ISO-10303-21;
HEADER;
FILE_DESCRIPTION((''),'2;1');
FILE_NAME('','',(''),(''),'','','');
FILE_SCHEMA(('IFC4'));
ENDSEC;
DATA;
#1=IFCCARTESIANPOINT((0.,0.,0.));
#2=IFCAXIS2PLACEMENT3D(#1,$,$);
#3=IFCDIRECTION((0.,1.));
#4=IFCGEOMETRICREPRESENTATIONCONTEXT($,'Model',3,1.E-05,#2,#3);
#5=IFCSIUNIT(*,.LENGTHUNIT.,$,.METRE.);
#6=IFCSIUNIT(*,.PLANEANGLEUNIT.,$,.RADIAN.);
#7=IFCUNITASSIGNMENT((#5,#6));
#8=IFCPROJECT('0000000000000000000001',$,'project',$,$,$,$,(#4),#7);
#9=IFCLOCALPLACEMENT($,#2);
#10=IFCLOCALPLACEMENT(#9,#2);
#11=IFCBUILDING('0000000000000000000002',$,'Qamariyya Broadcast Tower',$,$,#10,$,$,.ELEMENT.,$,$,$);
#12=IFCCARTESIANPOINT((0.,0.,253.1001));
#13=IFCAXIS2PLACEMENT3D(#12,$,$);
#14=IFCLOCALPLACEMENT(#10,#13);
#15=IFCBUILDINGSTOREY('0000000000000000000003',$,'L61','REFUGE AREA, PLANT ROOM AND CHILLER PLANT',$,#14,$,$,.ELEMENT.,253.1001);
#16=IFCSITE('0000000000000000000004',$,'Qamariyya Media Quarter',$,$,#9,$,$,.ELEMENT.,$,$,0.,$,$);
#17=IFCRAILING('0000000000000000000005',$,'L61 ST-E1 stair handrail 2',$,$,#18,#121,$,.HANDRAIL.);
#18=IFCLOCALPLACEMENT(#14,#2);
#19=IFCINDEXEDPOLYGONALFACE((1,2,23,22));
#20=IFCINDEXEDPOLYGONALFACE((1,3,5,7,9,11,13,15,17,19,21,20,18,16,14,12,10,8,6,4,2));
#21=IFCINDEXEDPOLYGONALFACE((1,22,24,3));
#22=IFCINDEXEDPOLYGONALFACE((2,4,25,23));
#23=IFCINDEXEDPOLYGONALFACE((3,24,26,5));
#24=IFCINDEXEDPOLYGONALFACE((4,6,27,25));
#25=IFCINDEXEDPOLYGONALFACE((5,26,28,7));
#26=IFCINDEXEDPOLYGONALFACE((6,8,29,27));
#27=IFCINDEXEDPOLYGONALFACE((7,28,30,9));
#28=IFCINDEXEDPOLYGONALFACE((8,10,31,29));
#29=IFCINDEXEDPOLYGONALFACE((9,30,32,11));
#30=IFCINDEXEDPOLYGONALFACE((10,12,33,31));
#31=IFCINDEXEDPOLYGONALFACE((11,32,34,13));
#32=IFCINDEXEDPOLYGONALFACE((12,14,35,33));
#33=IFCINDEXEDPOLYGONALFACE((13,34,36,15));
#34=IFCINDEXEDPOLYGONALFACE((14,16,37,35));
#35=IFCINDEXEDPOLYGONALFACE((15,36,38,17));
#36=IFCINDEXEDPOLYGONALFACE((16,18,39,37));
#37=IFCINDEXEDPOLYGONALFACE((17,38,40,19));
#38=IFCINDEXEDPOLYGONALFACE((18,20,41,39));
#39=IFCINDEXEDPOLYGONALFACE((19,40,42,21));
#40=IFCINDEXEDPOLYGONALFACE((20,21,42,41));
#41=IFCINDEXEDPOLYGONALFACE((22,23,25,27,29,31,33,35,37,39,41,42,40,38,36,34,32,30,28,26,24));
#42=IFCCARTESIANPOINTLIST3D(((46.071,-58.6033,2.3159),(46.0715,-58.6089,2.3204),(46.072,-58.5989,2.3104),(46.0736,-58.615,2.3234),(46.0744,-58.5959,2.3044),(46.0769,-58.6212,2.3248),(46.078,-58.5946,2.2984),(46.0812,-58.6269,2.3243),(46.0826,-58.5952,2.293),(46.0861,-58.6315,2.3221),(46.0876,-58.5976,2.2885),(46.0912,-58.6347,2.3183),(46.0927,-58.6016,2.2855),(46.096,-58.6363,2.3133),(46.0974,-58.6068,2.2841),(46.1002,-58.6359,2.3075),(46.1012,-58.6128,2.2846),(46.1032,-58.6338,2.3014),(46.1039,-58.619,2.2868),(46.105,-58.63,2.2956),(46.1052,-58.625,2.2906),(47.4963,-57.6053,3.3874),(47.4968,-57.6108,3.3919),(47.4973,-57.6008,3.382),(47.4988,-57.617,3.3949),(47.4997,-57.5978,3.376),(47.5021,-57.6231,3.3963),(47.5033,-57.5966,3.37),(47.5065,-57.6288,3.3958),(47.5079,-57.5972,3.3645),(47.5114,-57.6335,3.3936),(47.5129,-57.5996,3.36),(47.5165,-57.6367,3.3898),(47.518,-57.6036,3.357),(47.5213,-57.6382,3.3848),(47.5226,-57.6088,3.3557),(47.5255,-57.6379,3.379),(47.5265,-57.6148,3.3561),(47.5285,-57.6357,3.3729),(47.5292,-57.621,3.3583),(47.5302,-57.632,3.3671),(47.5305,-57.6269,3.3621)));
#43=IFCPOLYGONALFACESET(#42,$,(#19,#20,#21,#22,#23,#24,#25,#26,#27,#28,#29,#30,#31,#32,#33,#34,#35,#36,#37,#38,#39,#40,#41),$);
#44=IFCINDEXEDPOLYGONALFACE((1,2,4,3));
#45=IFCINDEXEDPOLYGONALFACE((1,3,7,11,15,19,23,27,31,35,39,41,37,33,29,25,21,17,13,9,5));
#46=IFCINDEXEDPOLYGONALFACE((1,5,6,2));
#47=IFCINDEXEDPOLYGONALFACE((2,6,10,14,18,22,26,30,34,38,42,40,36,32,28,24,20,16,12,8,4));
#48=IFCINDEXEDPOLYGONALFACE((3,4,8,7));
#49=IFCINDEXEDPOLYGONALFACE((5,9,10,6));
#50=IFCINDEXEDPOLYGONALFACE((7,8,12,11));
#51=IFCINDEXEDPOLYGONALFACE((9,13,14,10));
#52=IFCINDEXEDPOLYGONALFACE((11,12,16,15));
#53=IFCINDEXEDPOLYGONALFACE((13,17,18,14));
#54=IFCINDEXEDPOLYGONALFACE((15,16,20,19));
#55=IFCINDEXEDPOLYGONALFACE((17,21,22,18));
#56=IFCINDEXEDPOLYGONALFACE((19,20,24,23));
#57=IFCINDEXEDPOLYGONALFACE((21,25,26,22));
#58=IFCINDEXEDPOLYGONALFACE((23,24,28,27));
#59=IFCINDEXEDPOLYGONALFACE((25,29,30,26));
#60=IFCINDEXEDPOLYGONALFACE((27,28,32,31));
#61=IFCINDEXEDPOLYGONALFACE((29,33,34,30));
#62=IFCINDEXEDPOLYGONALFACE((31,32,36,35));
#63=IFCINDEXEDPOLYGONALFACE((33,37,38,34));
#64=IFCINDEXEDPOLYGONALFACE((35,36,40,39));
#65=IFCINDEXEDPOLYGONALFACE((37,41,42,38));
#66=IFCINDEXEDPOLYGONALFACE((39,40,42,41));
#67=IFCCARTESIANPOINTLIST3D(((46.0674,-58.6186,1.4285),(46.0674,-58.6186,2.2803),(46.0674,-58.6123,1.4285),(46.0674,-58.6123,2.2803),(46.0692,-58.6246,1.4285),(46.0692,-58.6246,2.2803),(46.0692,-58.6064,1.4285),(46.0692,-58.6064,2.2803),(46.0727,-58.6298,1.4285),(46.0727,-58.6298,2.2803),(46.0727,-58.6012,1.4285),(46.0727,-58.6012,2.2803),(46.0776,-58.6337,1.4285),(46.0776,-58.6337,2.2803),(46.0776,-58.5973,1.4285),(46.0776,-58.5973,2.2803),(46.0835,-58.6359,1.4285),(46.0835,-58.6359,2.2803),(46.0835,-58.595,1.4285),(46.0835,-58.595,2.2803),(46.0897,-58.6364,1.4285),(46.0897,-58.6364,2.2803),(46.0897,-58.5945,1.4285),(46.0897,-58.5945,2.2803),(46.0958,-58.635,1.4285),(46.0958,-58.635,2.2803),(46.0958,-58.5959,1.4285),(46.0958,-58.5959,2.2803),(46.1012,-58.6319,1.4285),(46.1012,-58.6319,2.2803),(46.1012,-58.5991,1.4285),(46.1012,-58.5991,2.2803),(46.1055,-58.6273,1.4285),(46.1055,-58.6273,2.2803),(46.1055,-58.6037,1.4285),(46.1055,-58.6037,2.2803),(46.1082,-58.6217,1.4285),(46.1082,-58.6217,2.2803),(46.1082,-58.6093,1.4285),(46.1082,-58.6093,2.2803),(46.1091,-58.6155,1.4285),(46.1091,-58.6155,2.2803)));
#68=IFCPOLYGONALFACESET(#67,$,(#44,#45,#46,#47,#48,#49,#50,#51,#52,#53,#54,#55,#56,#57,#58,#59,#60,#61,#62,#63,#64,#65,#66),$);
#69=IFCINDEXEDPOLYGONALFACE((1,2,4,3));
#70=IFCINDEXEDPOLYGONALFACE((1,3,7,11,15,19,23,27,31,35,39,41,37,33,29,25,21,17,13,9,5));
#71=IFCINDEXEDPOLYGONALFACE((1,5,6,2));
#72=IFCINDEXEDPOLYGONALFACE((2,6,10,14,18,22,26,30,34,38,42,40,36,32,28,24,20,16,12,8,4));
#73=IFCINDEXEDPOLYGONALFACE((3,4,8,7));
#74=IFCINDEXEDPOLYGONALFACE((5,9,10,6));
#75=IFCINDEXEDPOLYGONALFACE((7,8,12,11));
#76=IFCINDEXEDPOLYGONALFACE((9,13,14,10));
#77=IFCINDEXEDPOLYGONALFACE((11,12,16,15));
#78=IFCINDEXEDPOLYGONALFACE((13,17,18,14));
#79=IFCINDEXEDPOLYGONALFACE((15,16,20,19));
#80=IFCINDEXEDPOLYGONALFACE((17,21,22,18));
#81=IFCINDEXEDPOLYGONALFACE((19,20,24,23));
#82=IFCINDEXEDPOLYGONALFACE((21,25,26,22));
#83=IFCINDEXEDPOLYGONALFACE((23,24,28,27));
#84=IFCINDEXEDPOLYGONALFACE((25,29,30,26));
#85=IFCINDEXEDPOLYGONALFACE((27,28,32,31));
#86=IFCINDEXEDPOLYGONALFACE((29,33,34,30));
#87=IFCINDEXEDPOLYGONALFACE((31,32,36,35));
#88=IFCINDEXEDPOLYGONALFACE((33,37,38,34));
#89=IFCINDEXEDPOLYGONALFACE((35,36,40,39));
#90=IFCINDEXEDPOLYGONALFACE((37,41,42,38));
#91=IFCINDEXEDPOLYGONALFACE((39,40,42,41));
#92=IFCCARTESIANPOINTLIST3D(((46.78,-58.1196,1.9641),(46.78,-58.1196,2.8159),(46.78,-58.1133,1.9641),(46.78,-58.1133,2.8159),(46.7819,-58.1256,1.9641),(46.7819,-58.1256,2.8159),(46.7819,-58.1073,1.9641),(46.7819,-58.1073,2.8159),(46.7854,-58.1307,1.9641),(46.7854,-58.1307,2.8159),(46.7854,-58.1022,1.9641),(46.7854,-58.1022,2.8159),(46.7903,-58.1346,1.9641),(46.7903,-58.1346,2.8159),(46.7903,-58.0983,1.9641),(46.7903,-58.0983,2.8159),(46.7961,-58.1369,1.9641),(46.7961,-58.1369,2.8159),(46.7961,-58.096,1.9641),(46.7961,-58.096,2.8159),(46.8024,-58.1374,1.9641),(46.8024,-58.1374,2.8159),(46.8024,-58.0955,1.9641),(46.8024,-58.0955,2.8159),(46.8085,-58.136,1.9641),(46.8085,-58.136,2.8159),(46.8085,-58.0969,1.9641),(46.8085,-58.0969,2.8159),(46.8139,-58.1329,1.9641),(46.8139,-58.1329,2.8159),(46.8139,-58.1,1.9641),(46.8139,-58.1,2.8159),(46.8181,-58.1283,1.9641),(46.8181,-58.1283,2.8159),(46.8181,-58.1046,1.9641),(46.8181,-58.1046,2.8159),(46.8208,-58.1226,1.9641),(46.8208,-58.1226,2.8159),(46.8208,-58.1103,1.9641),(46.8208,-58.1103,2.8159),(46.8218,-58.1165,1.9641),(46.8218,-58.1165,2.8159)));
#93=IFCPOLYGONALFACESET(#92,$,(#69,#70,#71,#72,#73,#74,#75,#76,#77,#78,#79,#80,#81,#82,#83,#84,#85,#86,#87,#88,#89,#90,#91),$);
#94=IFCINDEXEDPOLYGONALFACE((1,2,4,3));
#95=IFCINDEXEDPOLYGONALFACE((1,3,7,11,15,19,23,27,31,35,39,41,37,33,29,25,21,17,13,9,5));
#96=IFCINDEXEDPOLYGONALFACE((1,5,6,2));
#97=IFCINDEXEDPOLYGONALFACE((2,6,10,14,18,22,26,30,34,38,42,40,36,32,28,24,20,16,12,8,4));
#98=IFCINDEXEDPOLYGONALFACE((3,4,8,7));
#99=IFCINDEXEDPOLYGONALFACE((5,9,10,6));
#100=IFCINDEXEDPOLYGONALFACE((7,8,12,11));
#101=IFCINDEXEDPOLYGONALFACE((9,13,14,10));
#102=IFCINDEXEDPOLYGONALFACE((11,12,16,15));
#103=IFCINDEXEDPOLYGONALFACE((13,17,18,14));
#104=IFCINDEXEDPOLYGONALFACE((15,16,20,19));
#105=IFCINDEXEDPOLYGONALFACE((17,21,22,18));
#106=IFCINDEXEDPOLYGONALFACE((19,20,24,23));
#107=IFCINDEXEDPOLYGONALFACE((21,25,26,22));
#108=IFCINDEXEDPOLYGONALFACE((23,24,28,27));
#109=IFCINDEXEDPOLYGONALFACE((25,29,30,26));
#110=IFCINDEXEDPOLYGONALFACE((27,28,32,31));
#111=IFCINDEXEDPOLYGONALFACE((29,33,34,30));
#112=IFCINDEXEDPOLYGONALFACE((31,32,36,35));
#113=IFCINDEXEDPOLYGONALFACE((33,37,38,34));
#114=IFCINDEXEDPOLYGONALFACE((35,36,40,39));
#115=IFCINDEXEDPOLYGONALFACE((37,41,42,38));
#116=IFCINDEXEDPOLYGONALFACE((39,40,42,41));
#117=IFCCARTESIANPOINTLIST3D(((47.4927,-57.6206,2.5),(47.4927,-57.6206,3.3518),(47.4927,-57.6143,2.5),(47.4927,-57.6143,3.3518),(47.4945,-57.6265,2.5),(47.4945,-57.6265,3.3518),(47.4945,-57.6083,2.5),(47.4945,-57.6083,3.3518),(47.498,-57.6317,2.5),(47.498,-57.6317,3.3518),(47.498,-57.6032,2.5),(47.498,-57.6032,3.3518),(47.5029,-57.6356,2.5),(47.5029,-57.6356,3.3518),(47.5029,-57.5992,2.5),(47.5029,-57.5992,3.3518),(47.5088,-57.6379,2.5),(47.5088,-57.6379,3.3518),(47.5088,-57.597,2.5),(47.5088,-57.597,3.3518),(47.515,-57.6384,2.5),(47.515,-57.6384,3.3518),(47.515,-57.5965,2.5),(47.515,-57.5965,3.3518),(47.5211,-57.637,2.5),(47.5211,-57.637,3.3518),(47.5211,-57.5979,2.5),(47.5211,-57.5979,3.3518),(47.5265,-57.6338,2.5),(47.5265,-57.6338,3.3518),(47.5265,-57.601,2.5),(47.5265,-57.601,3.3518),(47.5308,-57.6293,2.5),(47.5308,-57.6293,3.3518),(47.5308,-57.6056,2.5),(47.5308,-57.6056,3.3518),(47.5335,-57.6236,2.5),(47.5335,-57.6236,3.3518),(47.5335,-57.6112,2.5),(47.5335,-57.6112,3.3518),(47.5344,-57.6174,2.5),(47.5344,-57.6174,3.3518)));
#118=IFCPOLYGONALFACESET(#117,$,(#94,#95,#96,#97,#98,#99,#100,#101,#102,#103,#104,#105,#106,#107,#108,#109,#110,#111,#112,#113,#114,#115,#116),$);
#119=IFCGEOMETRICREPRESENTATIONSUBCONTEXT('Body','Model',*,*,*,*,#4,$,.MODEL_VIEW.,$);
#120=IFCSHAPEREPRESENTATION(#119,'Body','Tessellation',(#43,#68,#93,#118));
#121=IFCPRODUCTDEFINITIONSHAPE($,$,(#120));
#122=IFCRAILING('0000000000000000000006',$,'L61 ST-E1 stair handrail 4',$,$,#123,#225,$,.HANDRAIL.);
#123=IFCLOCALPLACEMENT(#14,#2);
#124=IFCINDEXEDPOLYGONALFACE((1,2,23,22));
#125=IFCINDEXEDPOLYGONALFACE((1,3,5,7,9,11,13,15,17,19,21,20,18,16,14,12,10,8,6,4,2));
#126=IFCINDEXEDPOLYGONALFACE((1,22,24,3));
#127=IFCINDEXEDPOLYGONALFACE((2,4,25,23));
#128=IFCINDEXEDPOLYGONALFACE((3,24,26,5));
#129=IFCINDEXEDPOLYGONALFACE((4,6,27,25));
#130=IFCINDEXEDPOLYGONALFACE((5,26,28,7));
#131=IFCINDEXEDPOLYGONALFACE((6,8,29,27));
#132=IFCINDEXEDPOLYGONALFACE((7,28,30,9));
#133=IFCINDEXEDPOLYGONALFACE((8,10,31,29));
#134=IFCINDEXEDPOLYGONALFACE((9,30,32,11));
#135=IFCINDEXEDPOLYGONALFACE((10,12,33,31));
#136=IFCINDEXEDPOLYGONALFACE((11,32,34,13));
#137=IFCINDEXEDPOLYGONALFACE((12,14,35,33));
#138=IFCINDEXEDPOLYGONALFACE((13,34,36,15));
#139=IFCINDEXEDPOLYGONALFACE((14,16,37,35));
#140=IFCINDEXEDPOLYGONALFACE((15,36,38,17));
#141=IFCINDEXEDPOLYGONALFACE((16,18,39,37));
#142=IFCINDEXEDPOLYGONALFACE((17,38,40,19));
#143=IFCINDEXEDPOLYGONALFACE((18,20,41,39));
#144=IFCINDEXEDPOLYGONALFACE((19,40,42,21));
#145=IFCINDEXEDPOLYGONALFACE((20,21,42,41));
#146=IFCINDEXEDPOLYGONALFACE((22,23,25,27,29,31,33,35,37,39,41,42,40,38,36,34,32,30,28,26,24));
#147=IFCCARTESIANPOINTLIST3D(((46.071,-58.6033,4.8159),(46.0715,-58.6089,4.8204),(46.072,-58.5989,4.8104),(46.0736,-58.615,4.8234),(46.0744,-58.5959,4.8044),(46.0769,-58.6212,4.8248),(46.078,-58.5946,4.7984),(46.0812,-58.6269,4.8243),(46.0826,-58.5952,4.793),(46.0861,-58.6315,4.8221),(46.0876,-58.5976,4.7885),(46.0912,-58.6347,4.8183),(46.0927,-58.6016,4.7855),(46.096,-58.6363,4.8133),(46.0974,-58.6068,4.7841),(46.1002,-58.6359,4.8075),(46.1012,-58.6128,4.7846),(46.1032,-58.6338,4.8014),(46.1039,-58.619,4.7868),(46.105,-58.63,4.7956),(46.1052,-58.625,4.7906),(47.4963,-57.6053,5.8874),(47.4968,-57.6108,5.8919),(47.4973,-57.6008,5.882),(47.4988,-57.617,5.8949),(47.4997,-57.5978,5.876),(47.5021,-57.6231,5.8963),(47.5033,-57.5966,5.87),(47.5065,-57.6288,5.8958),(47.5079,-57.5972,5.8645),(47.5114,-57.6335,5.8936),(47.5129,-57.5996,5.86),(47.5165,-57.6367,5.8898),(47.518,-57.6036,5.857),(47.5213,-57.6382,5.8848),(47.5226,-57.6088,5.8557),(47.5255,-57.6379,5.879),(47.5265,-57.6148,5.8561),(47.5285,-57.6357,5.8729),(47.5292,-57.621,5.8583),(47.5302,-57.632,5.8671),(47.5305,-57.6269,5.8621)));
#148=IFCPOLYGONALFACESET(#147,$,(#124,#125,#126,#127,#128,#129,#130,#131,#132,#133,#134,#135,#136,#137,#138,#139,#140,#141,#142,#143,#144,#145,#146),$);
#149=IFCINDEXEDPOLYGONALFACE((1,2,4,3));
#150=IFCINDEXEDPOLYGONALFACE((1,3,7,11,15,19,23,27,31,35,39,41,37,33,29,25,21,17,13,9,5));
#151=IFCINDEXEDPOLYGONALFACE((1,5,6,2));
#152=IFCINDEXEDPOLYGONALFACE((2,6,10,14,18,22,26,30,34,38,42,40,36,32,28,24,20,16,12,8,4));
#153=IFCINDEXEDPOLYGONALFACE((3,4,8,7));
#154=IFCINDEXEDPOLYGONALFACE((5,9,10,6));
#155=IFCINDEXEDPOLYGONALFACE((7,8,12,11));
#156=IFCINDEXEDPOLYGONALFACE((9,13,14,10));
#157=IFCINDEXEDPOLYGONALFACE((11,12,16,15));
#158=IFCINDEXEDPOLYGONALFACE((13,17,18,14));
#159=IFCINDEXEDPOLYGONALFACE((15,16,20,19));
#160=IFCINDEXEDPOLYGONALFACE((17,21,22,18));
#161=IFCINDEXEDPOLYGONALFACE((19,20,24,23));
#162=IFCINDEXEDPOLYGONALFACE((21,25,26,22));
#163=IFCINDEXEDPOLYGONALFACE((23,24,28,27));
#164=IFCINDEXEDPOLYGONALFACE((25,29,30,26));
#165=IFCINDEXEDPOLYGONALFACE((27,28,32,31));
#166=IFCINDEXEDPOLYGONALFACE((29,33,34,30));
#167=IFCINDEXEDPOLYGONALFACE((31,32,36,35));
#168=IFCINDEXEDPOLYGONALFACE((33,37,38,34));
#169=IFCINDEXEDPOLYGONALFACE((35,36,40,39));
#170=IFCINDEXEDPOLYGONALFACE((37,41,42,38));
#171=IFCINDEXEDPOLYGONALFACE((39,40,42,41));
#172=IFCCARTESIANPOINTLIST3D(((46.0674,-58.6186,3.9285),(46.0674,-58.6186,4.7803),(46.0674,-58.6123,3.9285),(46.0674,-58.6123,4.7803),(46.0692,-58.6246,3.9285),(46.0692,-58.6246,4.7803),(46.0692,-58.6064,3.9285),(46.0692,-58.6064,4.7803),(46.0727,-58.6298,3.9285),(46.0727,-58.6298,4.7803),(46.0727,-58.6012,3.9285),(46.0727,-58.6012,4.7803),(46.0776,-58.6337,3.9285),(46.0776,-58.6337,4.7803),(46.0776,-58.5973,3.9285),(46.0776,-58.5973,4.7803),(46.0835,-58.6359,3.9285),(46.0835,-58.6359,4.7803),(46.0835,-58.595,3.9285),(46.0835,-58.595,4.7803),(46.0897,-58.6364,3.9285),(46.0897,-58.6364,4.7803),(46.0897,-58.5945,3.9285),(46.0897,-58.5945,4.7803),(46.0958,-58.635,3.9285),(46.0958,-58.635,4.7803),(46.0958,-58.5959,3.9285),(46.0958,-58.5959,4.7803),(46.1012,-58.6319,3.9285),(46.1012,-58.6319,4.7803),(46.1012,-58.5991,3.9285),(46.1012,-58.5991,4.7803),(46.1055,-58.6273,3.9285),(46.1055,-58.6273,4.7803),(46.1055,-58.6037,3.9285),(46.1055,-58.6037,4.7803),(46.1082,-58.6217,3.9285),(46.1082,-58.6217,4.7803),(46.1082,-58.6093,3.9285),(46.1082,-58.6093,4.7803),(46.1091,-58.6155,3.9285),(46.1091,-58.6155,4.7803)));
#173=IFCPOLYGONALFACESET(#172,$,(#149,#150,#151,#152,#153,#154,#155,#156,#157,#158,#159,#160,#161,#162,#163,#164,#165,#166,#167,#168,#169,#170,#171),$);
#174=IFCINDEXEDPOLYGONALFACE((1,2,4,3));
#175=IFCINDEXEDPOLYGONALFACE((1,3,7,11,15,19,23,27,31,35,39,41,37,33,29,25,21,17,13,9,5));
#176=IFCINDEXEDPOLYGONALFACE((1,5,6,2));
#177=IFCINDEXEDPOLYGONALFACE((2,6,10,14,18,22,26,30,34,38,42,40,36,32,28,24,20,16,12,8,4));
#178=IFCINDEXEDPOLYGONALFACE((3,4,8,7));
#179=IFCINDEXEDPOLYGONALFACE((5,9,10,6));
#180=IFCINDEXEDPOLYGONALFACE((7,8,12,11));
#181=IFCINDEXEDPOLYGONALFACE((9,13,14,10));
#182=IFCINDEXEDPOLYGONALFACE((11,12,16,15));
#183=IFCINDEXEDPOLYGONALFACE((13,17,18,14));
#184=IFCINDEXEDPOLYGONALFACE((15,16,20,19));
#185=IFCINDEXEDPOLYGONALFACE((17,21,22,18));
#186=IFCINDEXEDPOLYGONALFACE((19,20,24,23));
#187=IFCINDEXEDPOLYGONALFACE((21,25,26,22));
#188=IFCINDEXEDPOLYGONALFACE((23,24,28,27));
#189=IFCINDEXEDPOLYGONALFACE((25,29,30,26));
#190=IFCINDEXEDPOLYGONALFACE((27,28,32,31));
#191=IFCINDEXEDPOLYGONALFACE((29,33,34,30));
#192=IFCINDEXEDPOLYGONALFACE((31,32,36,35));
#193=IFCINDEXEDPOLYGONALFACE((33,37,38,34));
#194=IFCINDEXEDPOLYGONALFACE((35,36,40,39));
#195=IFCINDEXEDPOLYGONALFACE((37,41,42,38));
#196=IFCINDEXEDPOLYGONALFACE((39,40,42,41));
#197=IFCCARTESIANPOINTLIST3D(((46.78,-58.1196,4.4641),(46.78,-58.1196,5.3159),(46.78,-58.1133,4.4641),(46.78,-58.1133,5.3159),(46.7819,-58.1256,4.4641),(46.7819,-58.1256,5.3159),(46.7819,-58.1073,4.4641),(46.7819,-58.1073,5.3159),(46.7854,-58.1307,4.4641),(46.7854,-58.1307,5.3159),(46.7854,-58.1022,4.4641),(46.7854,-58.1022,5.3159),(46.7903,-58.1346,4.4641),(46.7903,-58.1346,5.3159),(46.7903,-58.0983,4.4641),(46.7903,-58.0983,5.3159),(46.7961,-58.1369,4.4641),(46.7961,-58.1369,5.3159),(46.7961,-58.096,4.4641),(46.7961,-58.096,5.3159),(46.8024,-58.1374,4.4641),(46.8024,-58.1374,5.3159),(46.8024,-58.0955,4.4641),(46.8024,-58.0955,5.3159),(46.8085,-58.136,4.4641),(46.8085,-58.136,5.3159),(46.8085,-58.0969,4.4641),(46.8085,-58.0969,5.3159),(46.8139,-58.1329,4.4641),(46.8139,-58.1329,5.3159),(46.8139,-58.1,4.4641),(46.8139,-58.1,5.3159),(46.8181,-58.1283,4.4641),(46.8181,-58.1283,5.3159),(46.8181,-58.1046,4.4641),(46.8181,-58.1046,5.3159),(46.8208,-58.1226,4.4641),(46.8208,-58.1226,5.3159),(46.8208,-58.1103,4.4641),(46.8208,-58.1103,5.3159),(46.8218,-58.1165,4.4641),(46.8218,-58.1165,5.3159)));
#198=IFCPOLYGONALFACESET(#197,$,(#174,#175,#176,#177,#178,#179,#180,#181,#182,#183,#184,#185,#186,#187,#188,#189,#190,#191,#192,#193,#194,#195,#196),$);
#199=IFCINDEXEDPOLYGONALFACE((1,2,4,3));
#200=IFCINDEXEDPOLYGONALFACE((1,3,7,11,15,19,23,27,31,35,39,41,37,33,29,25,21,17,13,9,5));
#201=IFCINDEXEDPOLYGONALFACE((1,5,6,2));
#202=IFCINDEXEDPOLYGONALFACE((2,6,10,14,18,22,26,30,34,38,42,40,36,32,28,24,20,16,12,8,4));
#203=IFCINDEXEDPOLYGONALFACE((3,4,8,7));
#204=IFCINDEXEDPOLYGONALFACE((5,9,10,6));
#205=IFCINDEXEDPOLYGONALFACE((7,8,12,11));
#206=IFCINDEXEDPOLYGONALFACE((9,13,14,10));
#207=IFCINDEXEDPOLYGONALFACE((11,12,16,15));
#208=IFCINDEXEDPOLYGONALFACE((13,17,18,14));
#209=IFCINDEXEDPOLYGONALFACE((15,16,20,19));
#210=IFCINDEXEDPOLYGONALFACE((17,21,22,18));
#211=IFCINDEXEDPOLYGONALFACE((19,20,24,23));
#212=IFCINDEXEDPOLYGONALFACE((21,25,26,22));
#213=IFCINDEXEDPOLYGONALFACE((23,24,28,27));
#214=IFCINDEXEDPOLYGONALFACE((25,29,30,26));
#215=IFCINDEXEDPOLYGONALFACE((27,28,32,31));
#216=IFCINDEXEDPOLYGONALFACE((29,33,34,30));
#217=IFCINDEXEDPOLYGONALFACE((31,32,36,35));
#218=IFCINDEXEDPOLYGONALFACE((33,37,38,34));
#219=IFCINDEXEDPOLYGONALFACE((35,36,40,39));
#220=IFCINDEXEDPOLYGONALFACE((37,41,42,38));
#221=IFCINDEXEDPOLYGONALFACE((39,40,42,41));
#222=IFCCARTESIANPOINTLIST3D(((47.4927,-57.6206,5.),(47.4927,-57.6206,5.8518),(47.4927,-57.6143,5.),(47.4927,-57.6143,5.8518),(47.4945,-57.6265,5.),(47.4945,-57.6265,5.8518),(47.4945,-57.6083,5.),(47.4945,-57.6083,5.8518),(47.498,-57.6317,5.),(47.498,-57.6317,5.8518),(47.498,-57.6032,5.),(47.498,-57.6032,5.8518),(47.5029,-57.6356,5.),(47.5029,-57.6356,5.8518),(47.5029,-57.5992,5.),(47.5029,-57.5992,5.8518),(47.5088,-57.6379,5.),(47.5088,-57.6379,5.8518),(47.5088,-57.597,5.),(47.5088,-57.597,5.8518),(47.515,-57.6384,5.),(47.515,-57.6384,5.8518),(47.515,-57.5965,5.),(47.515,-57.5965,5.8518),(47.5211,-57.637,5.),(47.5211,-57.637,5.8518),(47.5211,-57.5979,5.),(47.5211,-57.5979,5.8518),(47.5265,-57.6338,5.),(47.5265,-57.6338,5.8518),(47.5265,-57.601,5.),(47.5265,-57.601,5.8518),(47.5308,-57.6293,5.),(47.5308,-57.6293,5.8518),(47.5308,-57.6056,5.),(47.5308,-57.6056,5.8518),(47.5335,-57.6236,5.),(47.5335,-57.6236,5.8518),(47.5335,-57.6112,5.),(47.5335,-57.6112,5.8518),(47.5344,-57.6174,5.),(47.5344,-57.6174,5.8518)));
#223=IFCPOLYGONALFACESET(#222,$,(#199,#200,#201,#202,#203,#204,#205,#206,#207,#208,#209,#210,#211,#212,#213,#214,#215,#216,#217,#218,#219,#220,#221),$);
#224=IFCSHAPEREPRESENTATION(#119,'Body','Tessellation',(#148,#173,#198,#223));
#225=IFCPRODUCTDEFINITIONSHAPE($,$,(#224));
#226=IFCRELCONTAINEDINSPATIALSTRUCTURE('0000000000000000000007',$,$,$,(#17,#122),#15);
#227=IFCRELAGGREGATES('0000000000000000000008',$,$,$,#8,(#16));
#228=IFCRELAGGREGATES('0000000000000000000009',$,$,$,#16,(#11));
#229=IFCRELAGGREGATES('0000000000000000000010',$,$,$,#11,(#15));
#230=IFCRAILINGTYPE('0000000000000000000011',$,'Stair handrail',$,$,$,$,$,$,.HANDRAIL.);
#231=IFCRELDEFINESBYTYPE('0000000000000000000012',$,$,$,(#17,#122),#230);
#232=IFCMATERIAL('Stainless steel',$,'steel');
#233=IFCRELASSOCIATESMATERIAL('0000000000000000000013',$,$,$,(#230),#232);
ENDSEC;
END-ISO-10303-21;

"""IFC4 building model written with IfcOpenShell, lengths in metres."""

from ifc_helpers import new_model, si_unit, direction, frame, origin, origin_2d, place, context, subcontext, project, spatial, circle, extrude, material, type_object, element, save


model = new_model("IFC4")

# Units and contexts
model_context = context("Model", 3, precision=1e-05, world=origin(), true_north=direction((0.0, 1.0)))
body_context = subcontext(model_context, "Body", "Model", "MODEL_VIEW")
ifc_project = project(units=[si_unit("LENGTHUNIT", "METRE"), si_unit("PLANEANGLEUNIT", "RADIAN")], contexts=[model_context])

# Site, building, storey
site_placement = place(None, origin())
site = spatial("IfcSite", under=ifc_project, at=site_placement, Name="Qamariyya Media Quarter", CompositionType="ELEMENT", RefElevation=0.0)
building_placement = place(site_placement, origin())
building = spatial("IfcBuilding", under=site, at=building_placement, Name="Qamariyya Broadcast Tower", CompositionType="ELEMENT")
storey_placement = place(building_placement, frame((0.0, 0.0, 253.1001)))
storey = spatial("IfcBuildingStorey", under=building, at=storey_placement, Name="L61", Description="REFUGE AREA, PLANT ROOM AND CHILLER PLANT", CompositionType="ELEMENT", Elevation=253.1001)

# Railings
ifc_material_1 = material(Name="Stainless steel", Category="steel")
railing_type_1 = type_object("IfcRailingType", Name="Stair handrail", PredefinedType="HANDRAIL", material=ifc_material_1)
for number, where, name in (
    (1, (46.0881, -58.6155, 1.4285), "L61 ST-E1 stair handrail 2"),
    (2, (46.0881, -58.6155, 3.9285), "L61 ST-E1 stair handrail 4"),
):
    element("IfcRailing", number, at=place(storey_placement, frame(where)), inside=storey, type_object=railing_type_1, Name=name, PredefinedType="HANDRAIL", context=body_context, shape_type="SweptSolid", body=[
        extrude(circle(Radius=0.0239, at=origin_2d()), frame((0.0, 0.0, 0.876), z_axis=(0.697489, 0.48841, 0.524371), x_axis=(-0.573594, 0.81914, 0.0)), (0.0, 0.0, 1.0), 2.0435),
        extrude(circle(Radius=0.021, at=origin_2d()), origin(), (0.0, 0.0, 1.0), 0.8518),
        extrude(circle(Radius=0.021, at=origin_2d()), frame((0.7126, 0.499, 0.5356)), (0.0, 0.0, 1.0), 0.8518),
        extrude(circle(Radius=0.021, at=origin_2d()), frame((1.4253, 0.998, 1.0715)), (0.0, 0.0, 1.0), 0.8518),
    ])

save(model, "model.ifc")
